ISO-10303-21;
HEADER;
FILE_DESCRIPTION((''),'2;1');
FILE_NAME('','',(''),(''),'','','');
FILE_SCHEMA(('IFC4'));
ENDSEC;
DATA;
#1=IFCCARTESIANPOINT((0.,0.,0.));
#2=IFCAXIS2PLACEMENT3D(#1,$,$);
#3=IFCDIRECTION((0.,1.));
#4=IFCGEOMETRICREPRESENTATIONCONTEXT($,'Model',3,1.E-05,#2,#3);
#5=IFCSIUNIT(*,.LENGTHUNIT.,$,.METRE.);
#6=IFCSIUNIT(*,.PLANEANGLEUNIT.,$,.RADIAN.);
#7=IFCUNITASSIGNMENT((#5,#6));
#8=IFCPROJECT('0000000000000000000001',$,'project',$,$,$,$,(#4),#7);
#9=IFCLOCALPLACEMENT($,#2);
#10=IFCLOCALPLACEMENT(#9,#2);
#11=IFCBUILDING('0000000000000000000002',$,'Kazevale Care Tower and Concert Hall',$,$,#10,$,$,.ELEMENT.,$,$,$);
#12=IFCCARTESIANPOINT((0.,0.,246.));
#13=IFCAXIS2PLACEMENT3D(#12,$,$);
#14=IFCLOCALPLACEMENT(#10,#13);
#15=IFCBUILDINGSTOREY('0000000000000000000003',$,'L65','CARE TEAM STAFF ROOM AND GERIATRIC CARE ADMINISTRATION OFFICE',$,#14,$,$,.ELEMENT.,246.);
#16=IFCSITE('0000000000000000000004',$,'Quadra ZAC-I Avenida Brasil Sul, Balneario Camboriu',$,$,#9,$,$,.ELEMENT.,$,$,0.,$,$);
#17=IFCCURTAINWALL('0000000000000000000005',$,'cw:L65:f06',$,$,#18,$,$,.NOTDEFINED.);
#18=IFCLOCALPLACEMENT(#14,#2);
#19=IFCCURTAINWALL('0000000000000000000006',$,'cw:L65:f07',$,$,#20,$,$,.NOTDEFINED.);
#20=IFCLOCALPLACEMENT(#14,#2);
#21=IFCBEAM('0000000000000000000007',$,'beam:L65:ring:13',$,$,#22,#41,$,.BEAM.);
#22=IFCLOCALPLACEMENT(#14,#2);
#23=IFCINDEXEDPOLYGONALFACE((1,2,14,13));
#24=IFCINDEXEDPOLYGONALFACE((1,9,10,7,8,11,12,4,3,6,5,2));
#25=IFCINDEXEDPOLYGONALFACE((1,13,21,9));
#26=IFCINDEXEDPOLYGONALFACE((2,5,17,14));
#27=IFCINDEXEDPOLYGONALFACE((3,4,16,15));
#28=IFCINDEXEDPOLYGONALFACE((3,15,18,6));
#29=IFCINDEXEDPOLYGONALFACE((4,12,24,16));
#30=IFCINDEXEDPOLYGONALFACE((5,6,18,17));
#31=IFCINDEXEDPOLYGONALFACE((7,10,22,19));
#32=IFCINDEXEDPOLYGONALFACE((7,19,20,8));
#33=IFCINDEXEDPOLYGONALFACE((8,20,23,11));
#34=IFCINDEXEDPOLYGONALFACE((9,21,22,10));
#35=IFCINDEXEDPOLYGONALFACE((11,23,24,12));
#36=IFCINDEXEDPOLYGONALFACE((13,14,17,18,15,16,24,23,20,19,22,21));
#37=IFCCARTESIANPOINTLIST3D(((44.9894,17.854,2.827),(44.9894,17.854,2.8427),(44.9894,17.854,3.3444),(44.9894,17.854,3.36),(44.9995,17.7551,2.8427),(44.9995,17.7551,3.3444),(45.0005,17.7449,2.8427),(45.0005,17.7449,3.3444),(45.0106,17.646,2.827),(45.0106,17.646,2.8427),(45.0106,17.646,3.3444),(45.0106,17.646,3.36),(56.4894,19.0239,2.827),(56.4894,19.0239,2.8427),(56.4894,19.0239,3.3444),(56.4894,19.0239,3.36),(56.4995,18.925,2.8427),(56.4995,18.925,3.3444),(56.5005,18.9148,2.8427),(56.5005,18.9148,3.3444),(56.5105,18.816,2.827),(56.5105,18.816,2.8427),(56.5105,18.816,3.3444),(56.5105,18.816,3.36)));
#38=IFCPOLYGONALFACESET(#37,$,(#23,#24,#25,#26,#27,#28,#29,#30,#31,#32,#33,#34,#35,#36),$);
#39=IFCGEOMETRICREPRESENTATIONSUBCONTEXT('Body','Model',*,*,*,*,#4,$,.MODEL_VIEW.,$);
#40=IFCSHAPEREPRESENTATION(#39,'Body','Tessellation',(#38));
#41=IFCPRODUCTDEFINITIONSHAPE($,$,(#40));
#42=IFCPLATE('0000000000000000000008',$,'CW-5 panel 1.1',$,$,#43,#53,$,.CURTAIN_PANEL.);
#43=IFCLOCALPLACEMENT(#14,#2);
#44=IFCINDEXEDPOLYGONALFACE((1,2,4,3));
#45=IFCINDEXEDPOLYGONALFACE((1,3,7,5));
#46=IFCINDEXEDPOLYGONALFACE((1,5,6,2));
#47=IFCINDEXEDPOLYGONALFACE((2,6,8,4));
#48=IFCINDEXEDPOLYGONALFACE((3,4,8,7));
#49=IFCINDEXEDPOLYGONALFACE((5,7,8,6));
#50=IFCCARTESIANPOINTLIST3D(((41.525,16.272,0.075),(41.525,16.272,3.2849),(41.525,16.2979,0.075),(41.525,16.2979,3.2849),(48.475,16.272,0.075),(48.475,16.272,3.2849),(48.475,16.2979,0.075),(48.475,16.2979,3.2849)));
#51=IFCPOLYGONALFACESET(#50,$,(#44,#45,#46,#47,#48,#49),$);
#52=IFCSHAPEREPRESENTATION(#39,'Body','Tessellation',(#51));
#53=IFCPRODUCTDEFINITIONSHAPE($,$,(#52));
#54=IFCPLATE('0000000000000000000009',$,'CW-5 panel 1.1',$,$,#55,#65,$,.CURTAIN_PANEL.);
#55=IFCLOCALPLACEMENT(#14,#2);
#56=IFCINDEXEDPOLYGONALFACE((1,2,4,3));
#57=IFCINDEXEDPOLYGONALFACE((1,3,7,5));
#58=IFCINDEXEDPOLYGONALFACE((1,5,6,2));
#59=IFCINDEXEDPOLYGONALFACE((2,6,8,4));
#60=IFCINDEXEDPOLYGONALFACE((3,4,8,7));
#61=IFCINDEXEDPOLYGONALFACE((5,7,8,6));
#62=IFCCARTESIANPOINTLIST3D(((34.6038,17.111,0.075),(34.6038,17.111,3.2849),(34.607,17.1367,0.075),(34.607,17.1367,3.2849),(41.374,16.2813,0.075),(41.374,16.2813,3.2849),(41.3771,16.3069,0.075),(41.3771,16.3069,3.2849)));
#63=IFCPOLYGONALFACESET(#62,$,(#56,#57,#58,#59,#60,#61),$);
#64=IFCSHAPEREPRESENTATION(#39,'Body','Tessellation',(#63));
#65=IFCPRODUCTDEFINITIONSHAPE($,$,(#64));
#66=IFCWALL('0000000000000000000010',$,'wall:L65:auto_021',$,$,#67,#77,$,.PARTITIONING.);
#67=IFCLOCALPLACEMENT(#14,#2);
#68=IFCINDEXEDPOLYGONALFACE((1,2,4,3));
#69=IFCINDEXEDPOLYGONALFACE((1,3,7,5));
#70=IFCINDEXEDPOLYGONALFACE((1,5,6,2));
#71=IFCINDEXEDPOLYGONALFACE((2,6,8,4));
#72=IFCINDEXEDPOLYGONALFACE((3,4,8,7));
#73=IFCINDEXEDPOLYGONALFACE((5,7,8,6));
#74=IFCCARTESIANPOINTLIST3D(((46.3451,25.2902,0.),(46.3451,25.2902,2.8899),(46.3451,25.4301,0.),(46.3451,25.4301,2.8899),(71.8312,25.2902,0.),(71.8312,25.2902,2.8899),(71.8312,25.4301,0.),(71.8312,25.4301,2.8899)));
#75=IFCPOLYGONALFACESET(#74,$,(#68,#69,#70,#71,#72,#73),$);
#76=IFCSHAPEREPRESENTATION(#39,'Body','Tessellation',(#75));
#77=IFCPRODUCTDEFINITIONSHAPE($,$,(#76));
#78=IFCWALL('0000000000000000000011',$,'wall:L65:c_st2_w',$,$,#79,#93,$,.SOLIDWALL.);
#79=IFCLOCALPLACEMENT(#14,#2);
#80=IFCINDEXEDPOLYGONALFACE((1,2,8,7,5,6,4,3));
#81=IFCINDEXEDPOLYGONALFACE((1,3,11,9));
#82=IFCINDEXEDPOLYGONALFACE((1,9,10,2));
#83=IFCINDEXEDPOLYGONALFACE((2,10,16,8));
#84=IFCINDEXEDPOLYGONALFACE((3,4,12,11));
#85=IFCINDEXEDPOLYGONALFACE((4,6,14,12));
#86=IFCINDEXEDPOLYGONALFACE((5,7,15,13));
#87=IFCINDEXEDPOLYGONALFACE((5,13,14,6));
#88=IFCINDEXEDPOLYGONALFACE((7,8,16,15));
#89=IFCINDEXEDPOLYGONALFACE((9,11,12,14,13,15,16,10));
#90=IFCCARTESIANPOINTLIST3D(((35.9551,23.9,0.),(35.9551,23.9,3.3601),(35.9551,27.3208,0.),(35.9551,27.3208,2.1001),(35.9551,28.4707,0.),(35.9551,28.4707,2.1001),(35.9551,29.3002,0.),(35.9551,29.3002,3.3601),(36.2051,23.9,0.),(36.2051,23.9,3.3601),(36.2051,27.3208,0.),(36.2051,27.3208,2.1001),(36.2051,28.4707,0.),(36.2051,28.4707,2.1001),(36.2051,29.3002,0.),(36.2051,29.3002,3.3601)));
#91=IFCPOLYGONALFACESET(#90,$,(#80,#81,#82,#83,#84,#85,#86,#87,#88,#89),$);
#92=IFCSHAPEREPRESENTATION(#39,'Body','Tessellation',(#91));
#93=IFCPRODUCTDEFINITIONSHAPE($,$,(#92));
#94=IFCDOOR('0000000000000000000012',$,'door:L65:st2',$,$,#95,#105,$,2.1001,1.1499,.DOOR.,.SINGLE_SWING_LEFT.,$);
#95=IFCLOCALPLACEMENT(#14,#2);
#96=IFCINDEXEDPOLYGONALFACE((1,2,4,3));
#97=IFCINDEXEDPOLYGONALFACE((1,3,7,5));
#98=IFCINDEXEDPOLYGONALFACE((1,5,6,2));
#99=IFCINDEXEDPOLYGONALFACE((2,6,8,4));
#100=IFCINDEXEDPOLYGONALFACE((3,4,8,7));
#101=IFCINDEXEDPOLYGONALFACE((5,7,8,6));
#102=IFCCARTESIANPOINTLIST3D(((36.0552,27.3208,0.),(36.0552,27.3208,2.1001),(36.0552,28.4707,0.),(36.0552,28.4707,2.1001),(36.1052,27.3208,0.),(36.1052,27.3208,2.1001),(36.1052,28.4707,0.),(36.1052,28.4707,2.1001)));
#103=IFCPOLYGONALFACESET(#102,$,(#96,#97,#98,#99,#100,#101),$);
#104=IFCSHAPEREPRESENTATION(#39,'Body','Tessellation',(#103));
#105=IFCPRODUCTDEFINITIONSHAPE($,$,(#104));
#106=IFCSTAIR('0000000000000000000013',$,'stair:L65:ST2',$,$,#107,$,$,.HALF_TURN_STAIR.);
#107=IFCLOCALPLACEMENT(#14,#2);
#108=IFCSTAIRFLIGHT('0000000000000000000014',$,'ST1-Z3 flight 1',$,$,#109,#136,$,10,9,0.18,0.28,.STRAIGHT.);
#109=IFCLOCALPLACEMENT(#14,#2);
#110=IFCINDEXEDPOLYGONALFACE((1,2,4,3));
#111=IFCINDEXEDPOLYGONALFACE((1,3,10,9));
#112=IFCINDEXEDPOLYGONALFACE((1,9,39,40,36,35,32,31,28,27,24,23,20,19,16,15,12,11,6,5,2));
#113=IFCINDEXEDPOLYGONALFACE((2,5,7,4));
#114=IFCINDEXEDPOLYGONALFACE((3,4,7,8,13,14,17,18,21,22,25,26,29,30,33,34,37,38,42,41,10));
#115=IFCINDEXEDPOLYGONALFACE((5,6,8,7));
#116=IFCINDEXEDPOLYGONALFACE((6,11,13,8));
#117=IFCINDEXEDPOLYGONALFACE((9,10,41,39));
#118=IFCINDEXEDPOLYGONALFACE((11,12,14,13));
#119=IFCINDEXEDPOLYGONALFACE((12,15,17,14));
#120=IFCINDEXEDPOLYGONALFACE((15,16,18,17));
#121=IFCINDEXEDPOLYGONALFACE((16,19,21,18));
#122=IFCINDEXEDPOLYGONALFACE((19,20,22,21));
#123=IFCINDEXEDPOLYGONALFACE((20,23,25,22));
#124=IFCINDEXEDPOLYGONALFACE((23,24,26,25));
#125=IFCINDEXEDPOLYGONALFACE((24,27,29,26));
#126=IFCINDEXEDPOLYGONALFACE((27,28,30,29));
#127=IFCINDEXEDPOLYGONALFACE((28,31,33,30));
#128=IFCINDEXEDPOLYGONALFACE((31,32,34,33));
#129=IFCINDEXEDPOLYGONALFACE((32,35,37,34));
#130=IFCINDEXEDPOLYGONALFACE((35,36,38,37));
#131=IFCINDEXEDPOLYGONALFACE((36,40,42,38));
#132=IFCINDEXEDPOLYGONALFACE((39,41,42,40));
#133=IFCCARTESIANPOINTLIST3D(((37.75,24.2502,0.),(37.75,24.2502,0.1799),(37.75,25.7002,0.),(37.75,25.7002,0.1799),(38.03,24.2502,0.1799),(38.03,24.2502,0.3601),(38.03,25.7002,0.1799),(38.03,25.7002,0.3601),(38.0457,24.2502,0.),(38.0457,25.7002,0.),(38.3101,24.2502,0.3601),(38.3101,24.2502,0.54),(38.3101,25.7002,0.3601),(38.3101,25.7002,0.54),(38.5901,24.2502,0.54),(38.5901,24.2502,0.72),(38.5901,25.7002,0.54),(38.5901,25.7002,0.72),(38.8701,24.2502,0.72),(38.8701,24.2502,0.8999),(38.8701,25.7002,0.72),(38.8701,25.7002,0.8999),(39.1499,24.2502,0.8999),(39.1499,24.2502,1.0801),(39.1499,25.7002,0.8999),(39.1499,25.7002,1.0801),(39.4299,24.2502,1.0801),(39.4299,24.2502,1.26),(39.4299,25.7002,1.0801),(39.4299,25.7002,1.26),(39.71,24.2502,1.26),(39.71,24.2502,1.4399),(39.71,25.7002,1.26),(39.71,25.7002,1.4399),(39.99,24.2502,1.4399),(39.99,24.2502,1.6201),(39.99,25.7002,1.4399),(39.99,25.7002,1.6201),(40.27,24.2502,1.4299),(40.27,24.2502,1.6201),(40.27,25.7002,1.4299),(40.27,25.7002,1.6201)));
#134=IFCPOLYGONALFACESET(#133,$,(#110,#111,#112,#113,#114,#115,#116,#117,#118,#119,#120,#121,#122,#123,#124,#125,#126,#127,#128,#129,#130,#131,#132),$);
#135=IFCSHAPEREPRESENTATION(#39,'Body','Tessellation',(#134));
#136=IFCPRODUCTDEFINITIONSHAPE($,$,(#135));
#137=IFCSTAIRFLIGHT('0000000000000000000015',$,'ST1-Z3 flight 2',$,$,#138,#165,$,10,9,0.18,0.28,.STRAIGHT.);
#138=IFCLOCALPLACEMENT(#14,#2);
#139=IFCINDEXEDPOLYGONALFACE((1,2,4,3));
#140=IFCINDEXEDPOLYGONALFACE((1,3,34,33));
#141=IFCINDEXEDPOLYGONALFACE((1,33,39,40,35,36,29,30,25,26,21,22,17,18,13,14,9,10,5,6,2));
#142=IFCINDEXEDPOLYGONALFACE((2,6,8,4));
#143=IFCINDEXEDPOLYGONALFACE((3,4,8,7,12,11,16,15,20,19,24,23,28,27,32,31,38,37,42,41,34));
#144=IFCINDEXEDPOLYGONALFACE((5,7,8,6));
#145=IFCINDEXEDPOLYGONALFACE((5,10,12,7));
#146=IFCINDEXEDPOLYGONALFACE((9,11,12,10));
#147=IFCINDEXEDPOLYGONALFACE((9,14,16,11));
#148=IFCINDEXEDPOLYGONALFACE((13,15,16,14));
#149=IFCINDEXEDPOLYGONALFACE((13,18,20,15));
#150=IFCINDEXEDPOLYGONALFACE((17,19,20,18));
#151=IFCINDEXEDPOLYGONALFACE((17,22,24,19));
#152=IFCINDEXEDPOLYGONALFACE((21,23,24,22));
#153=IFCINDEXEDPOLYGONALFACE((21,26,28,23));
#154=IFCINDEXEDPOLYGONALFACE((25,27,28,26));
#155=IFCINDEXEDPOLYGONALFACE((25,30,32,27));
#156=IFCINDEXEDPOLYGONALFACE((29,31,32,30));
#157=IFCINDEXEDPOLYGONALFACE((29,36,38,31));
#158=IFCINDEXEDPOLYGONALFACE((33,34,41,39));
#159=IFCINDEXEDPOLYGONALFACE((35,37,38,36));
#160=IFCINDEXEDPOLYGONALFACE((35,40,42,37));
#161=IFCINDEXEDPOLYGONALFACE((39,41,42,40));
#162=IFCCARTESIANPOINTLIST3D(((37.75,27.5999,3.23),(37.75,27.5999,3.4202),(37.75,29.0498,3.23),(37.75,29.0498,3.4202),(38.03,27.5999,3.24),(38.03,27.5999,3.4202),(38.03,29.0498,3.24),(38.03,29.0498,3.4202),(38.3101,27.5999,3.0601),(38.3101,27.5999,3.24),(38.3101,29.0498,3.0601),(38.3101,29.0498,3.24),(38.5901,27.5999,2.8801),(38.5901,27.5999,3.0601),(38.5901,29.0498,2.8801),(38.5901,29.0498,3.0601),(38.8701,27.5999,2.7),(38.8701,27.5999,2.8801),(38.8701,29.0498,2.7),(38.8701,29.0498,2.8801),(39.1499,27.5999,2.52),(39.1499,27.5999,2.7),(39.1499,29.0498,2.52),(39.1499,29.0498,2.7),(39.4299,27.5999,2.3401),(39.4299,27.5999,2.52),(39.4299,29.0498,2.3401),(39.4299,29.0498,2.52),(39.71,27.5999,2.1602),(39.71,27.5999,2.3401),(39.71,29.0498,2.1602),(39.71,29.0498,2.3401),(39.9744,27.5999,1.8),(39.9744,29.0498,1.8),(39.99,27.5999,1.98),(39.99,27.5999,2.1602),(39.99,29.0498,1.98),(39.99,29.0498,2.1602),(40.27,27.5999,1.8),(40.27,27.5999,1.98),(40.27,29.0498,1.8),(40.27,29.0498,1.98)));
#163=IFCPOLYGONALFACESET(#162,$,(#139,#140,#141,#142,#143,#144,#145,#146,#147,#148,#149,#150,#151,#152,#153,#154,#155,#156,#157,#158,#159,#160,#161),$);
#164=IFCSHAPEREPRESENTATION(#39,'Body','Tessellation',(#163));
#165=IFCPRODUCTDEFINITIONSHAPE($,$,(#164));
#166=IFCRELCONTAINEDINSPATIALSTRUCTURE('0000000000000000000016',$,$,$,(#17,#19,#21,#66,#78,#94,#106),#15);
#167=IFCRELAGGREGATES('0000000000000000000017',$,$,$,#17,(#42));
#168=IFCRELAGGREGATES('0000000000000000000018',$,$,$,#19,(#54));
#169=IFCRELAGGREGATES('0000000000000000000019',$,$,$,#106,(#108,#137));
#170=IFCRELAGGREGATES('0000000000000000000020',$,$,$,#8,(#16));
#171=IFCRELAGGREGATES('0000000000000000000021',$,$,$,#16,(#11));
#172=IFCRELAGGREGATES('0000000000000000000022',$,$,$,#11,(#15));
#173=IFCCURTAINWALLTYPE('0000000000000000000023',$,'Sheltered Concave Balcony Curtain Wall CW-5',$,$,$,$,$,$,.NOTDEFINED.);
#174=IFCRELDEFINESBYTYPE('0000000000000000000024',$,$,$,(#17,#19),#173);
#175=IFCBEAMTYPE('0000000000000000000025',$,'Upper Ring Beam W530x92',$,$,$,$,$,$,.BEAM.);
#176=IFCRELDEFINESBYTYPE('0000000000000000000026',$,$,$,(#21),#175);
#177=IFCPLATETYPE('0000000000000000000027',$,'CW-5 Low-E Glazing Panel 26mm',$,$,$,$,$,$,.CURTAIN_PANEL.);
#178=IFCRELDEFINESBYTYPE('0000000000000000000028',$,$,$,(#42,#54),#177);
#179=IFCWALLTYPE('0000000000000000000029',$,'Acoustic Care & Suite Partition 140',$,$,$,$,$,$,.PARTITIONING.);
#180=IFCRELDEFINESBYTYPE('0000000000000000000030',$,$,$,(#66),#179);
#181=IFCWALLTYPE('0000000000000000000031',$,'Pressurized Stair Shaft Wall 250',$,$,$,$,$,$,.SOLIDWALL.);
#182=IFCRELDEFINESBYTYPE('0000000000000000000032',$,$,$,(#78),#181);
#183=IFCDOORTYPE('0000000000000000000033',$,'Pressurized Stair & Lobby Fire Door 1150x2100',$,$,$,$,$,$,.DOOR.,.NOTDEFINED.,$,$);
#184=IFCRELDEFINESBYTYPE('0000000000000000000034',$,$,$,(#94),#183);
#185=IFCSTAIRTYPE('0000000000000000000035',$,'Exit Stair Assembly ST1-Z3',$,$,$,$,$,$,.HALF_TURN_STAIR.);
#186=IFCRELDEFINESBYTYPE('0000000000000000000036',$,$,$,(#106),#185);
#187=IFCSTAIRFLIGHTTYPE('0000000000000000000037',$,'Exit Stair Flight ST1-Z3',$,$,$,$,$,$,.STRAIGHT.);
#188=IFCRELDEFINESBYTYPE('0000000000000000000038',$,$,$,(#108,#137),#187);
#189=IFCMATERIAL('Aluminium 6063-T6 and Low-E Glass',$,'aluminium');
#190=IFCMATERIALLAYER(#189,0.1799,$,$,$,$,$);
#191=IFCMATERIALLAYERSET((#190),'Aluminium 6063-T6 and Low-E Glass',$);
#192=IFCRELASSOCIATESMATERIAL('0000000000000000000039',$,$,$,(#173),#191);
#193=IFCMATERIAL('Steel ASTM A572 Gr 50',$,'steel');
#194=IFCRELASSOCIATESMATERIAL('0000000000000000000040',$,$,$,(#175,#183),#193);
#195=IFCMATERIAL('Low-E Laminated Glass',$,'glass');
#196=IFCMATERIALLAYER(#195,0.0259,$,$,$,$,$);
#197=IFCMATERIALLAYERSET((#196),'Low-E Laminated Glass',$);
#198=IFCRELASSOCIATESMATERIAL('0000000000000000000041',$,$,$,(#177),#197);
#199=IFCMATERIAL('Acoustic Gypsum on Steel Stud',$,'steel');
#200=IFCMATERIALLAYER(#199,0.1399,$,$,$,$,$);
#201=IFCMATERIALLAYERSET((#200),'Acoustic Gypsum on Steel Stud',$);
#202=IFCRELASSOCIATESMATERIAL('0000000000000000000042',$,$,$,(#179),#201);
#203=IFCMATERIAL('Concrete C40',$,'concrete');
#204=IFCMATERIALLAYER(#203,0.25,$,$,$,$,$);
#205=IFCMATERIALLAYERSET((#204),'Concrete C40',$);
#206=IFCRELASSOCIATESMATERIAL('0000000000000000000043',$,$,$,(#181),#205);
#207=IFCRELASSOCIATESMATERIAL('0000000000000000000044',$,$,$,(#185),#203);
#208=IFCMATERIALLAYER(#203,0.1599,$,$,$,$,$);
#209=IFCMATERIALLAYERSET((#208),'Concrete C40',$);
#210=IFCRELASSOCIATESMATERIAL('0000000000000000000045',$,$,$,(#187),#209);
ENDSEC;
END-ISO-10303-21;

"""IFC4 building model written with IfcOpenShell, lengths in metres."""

from ifc_helpers import new_model, si_unit, direction, frame, frame_2d, origin, origin_2d, place, context, subcontext, project, spatial, polyline, rectangle, i_section, outline, extrude, material, layer, layer_set, material_profile, profile_set, type_object, element, fill, aggregate, save


model = new_model("IFC4")

# Units and contexts
model_context = context("Model", 3, precision=1e-05, world=origin(), true_north=direction((0.0, 1.0)))
body_context = subcontext(model_context, "Body", "Model", "MODEL_VIEW")
ifc_project = project(units=[si_unit("LENGTHUNIT", "METRE"), si_unit("PLANEANGLEUNIT", "RADIAN")], contexts=[model_context])

# Site, building, storey
site_placement = place(None, origin())
site = spatial("IfcSite", under=ifc_project, at=site_placement, Name="Quadra ZAC-I Avenida Brasil Sul, Balneario Camboriu", CompositionType="ELEMENT", RefElevation=0.0)
building_placement = place(site_placement, origin())
building = spatial("IfcBuilding", under=site, at=building_placement, Name="Kazevale Care Tower and Concert Hall", CompositionType="ELEMENT")
storey_placement = place(building_placement, frame((0.0, 0.0, 246.0)))
storey = spatial("IfcBuildingStorey", under=building, at=storey_placement, Name="L65", Description="CARE TEAM STAFF ROOM AND GERIATRIC CARE ADMINISTRATION OFFICE", CompositionType="ELEMENT", Elevation=246.0)

# Curtain wall
ifc_material_1 = material(Name="Aluminium 6063-T6 and Low-E Glass", Category="aluminium")
ifc_layer_1 = layer(ifc_material_1, 0.1799)
ifc_layer_set_1 = layer_set([ifc_layer_1], Name="Aluminium 6063-T6 and Low-E Glass")
curtain_wall_type = type_object("IfcCurtainWallType", Name="Sheltered Concave Balcony Curtain Wall CW-5", PredefinedType="NOTDEFINED", material=ifc_layer_set_1)
curtain_wall_1_placement = place(storey_placement, origin())
curtain_wall_1 = element("IfcCurtainWall", 1, at=curtain_wall_1_placement, inside=storey, type_object=curtain_wall_type, Name="cw:L65:f06", PredefinedType="NOTDEFINED")

# Curtain wall
curtain_wall_2_placement = place(storey_placement, origin())
curtain_wall_2 = element("IfcCurtainWall", 2, at=curtain_wall_2_placement, inside=storey, type_object=curtain_wall_type, Name="cw:L65:f07", PredefinedType="NOTDEFINED")

# Beam
ifc_material_2 = material(Name="Steel ASTM A572 Gr 50", Category="steel")
ifc_material_profile_1 = material_profile(ifc_material_2, i_section(OverallWidth=0.209, OverallDepth=0.533, WebThickness=0.0103, FlangeThickness=0.0156, at=origin_2d()), Name="W530x92")
ifc_profile_set_1 = profile_set([ifc_material_profile_1], Name="Steel ASTM A572 Gr 50")
beam_type_1 = type_object("IfcBeamType", Name="Upper Ring Beam W530x92", PredefinedType="BEAM", material=ifc_profile_set_1)
beam_1_placement = place(storey_placement, frame((45.0, 17.75, 3.0935), z_axis=(0.994865, 0.10121, 0.0), x_axis=(-0.10121, 0.994865, 0.0)))
element("IfcBeam", 3, at=beam_1_placement, inside=storey, type_object=beam_type_1, Name="beam:L65:ring:13", PredefinedType="BEAM", context=body_context, shape_type="SweptSolid", body=[
    extrude(i_section(OverallWidth=0.209, OverallDepth=0.533, WebThickness=0.0103, FlangeThickness=0.0156, at=origin_2d()), origin(), (0.0, 0.0, 1.0), 11.5593),
])

# Plates
ifc_material_3 = material(Name="Low-E Laminated Glass", Category="glass")
ifc_layer_2 = layer(ifc_material_3, 0.0259)
ifc_layer_set_2 = layer_set([ifc_layer_2], Name="Low-E Laminated Glass")
plate_type = type_object("IfcPlateType", Name="CW-5 Low-E Glazing Panel 26mm", PredefinedType="CURTAIN_PANEL", material=ifc_layer_set_2)
plate_1_placement = place(storey_placement, frame((45.0, 16.2849, 0.075), z_axis=(0.0, 0.0, 1.0), x_axis=(-1.0, 0.0, 0.0)))
plate_1 = element("IfcPlate", 4, at=plate_1_placement, type_object=plate_type, Name="CW-5 panel 1.1", PredefinedType="CURTAIN_PANEL", context=body_context, shape_type="SweptSolid", body=[
    extrude(rectangle(XDim=6.95, YDim=0.0259, at=origin_2d()), origin(), (0.0, 0.0, 1.0), 3.21),
])
aggregate(curtain_wall_1, [plate_1])
plate_2_placement = place(storey_placement, frame((37.9905, 16.709, 0.075), z_axis=(0.0, 0.0, 1.0), x_axis=(-0.992573, 0.121651, 0.0)))
plate_2 = element("IfcPlate", 5, at=plate_2_placement, type_object=plate_type, Name="CW-5 panel 1.1", PredefinedType="CURTAIN_PANEL", context=body_context, shape_type="SweptSolid", body=[
    extrude(rectangle(XDim=6.8208, YDim=0.0259, at=origin_2d()), origin(), (0.0, 0.0, 1.0), 3.21),
])
aggregate(curtain_wall_2, [plate_2])

# Wall
ifc_material_4 = material(Name="Acoustic Gypsum on Steel Stud", Category="steel")
ifc_layer_3 = layer(ifc_material_4, 0.1399)
ifc_layer_set_3 = layer_set([ifc_layer_3], Name="Acoustic Gypsum on Steel Stud")
wall_type_1 = type_object("IfcWallType", Name="Acoustic Care & Suite Partition 140", PredefinedType="PARTITIONING", material=ifc_layer_set_3)
wall_1_placement = place(storey_placement, frame((46.345, 25.3601, 0.0), z_axis=(0.0, 0.0, 1.0), x_axis=(1.0, 0.0, 0.0)))
element("IfcWall", 6, at=wall_1_placement, inside=storey, type_object=wall_type_1, Name="wall:L65:auto_021", PredefinedType="PARTITIONING", context=body_context, shape_type="SweptSolid", body=[
    extrude(rectangle(XDim=25.4861, YDim=0.1399, at=frame_2d((12.7432, 0.0))), origin(), (0.0, 0.0, 1.0), 2.8899),
])

# Wall, opening, door
ifc_material_5 = material(Name="Concrete C40", Category="concrete")
ifc_layer_4 = layer(ifc_material_5, 0.25)
ifc_layer_set_4 = layer_set([ifc_layer_4], Name="Concrete C40")
wall_type_2 = type_object("IfcWallType", Name="Pressurized Stair Shaft Wall 250", PredefinedType="SOLIDWALL", material=ifc_layer_set_4)
wall_2_placement = place(storey_placement, frame((36.0801, 23.8999, 0.0), z_axis=(0.0, 0.0, 1.0), x_axis=(0.0, 1.0, 0.0)))
wall_2 = element("IfcWall", 7, at=wall_2_placement, inside=storey, type_object=wall_type_2, Name="wall:L65:c_st2_w", PredefinedType="SOLIDWALL", context=body_context, shape_type="SweptSolid", body=[
    extrude(rectangle(XDim=5.4001, YDim=0.25, at=frame_2d((2.7002, 0.0))), origin(), (0.0, 0.0, 1.0), 3.3601),
])
opening_1_placement = place(wall_2_placement, frame((3.4209, 0.0, 0.0)))
opening_1 = element("IfcOpeningElement", 8, at=opening_1_placement, cuts=wall_2, PredefinedType="OPENING", context=body_context, shape_type="SweptSolid", body=[
    extrude(rectangle(XDim=1.1499, YDim=2.1001, at=frame_2d((0.575, 1.05))), frame((0.0, 0.135, 0.0), z_axis=(0.0, -1.0, 0.0), x_axis=(1.0, 0.0, 0.0)), (0.0, 0.0, 1.0), 0.27),
])
door_type_1 = type_object("IfcDoorType", Name="Pressurized Stair & Lobby Fire Door 1150x2100", OperationType="NOTDEFINED", PredefinedType="DOOR", material=ifc_material_2)
door_1_placement = place(opening_1_placement, origin())
door_1 = element("IfcDoor", 9, at=door_1_placement, inside=storey, type_object=door_type_1, Name="door:L65:st2", OperationType="SINGLE_SWING_LEFT", OverallHeight=2.1001, OverallWidth=1.1499, PredefinedType="DOOR", context=body_context, shape_type="SweptSolid", body=[
    extrude(rectangle(XDim=1.1499, YDim=2.1001, at=frame_2d((0.575, 1.05))), frame((0.0, 0.0249, 0.0), z_axis=(0.0, -1.0, 0.0), x_axis=(1.0, 0.0, 0.0)), (0.0, 0.0, 1.0), 0.05),
])
fill(opening_1, door_1)

# Stair, stair flights
stair_type = type_object("IfcStairType", Name="Exit Stair Assembly ST1-Z3", PredefinedType="HALF_TURN_STAIR", material=ifc_material_5)
stair_placement = place(storey_placement, origin())
stair = element("IfcStair", 10, at=stair_placement, inside=storey, type_object=stair_type, Name="stair:L65:ST2", PredefinedType="HALF_TURN_STAIR")
ifc_layer_5 = layer(ifc_material_5, 0.1599)
ifc_layer_set_5 = layer_set([ifc_layer_5], Name="Concrete C40")
stair_flight_type = type_object("IfcStairFlightType", Name="Exit Stair Flight ST1-Z3", PredefinedType="STRAIGHT", material=ifc_layer_set_5)
stair_flight_1_placement = place(storey_placement, frame((37.75, 24.9751, 0.0), z_axis=(0.0, 0.0, 1.0), x_axis=(1.0, 0.0, 0.0)))
stair_flight_1 = element("IfcStairFlight", 11, at=stair_flight_1_placement, type_object=stair_flight_type, Name="ST1-Z3 flight 1", NumberOfRisers=10, NumberOfTreads=9, PredefinedType="STRAIGHT", RiserHeight=0.18, TreadLength=0.28, context=body_context, shape_type="SweptSolid", body=[
    extrude(outline(polyline([(0.0, 0.0), (0.0, 0.1799), (0.28, 0.1799), (0.28, 0.3601), (0.5601, 0.3601), (0.5601, 0.54), (0.8401, 0.54), (0.8401, 0.72), (1.1201, 0.72), (1.1201, 0.8999), (1.3999, 0.8999), (1.3999, 1.0801), (1.6799, 1.0801), (1.6799, 1.26), (1.96, 1.26), (1.96, 1.4399), (2.24, 1.4399), (2.24, 1.6201), (2.52, 1.6201), (2.52, 1.8), (2.52, 1.4299), (0.2957, 0.0), (0.0, 0.0)])), frame((0.0, 0.7251, 0.0), z_axis=(0.0, -1.0, 0.0), x_axis=(1.0, 0.0, 0.0)), (0.0, 0.0, 1.0), 1.45),
])
stair_flight_2_placement = place(storey_placement, frame((40.27, 28.325, 1.8), z_axis=(0.0, 0.0, 1.0), x_axis=(-1.0, 0.0, 0.0)))
stair_flight_2 = element("IfcStairFlight", 12, at=stair_flight_2_placement, type_object=stair_flight_type, Name="ST1-Z3 flight 2", NumberOfRisers=10, NumberOfTreads=9, PredefinedType="STRAIGHT", RiserHeight=0.18, TreadLength=0.28, context=body_context, shape_type="SweptSolid", body=[
    extrude(outline(polyline([(0.0, 0.0), (0.0, 0.1799), (0.28, 0.1799), (0.28, 0.3601), (0.5601, 0.3601), (0.5601, 0.54), (0.8401, 0.54), (0.8401, 0.72), (1.1201, 0.72), (1.1201, 0.8999), (1.3999, 0.8999), (1.3999, 1.0801), (1.6799, 1.0801), (1.6799, 1.26), (1.96, 1.26), (1.96, 1.4399), (2.24, 1.4399), (2.24, 1.6201), (2.52, 1.6201), (2.52, 1.8), (2.52, 1.4299), (0.2957, 0.0), (0.0, 0.0)])), frame((0.0, 0.7251, 0.0), z_axis=(0.0, -1.0, 0.0), x_axis=(1.0, 0.0, 0.0)), (0.0, 0.0, 1.0), 1.45),
])
aggregate(stair, [stair_flight_1, stair_flight_2])

save(model, "model.ifc")
